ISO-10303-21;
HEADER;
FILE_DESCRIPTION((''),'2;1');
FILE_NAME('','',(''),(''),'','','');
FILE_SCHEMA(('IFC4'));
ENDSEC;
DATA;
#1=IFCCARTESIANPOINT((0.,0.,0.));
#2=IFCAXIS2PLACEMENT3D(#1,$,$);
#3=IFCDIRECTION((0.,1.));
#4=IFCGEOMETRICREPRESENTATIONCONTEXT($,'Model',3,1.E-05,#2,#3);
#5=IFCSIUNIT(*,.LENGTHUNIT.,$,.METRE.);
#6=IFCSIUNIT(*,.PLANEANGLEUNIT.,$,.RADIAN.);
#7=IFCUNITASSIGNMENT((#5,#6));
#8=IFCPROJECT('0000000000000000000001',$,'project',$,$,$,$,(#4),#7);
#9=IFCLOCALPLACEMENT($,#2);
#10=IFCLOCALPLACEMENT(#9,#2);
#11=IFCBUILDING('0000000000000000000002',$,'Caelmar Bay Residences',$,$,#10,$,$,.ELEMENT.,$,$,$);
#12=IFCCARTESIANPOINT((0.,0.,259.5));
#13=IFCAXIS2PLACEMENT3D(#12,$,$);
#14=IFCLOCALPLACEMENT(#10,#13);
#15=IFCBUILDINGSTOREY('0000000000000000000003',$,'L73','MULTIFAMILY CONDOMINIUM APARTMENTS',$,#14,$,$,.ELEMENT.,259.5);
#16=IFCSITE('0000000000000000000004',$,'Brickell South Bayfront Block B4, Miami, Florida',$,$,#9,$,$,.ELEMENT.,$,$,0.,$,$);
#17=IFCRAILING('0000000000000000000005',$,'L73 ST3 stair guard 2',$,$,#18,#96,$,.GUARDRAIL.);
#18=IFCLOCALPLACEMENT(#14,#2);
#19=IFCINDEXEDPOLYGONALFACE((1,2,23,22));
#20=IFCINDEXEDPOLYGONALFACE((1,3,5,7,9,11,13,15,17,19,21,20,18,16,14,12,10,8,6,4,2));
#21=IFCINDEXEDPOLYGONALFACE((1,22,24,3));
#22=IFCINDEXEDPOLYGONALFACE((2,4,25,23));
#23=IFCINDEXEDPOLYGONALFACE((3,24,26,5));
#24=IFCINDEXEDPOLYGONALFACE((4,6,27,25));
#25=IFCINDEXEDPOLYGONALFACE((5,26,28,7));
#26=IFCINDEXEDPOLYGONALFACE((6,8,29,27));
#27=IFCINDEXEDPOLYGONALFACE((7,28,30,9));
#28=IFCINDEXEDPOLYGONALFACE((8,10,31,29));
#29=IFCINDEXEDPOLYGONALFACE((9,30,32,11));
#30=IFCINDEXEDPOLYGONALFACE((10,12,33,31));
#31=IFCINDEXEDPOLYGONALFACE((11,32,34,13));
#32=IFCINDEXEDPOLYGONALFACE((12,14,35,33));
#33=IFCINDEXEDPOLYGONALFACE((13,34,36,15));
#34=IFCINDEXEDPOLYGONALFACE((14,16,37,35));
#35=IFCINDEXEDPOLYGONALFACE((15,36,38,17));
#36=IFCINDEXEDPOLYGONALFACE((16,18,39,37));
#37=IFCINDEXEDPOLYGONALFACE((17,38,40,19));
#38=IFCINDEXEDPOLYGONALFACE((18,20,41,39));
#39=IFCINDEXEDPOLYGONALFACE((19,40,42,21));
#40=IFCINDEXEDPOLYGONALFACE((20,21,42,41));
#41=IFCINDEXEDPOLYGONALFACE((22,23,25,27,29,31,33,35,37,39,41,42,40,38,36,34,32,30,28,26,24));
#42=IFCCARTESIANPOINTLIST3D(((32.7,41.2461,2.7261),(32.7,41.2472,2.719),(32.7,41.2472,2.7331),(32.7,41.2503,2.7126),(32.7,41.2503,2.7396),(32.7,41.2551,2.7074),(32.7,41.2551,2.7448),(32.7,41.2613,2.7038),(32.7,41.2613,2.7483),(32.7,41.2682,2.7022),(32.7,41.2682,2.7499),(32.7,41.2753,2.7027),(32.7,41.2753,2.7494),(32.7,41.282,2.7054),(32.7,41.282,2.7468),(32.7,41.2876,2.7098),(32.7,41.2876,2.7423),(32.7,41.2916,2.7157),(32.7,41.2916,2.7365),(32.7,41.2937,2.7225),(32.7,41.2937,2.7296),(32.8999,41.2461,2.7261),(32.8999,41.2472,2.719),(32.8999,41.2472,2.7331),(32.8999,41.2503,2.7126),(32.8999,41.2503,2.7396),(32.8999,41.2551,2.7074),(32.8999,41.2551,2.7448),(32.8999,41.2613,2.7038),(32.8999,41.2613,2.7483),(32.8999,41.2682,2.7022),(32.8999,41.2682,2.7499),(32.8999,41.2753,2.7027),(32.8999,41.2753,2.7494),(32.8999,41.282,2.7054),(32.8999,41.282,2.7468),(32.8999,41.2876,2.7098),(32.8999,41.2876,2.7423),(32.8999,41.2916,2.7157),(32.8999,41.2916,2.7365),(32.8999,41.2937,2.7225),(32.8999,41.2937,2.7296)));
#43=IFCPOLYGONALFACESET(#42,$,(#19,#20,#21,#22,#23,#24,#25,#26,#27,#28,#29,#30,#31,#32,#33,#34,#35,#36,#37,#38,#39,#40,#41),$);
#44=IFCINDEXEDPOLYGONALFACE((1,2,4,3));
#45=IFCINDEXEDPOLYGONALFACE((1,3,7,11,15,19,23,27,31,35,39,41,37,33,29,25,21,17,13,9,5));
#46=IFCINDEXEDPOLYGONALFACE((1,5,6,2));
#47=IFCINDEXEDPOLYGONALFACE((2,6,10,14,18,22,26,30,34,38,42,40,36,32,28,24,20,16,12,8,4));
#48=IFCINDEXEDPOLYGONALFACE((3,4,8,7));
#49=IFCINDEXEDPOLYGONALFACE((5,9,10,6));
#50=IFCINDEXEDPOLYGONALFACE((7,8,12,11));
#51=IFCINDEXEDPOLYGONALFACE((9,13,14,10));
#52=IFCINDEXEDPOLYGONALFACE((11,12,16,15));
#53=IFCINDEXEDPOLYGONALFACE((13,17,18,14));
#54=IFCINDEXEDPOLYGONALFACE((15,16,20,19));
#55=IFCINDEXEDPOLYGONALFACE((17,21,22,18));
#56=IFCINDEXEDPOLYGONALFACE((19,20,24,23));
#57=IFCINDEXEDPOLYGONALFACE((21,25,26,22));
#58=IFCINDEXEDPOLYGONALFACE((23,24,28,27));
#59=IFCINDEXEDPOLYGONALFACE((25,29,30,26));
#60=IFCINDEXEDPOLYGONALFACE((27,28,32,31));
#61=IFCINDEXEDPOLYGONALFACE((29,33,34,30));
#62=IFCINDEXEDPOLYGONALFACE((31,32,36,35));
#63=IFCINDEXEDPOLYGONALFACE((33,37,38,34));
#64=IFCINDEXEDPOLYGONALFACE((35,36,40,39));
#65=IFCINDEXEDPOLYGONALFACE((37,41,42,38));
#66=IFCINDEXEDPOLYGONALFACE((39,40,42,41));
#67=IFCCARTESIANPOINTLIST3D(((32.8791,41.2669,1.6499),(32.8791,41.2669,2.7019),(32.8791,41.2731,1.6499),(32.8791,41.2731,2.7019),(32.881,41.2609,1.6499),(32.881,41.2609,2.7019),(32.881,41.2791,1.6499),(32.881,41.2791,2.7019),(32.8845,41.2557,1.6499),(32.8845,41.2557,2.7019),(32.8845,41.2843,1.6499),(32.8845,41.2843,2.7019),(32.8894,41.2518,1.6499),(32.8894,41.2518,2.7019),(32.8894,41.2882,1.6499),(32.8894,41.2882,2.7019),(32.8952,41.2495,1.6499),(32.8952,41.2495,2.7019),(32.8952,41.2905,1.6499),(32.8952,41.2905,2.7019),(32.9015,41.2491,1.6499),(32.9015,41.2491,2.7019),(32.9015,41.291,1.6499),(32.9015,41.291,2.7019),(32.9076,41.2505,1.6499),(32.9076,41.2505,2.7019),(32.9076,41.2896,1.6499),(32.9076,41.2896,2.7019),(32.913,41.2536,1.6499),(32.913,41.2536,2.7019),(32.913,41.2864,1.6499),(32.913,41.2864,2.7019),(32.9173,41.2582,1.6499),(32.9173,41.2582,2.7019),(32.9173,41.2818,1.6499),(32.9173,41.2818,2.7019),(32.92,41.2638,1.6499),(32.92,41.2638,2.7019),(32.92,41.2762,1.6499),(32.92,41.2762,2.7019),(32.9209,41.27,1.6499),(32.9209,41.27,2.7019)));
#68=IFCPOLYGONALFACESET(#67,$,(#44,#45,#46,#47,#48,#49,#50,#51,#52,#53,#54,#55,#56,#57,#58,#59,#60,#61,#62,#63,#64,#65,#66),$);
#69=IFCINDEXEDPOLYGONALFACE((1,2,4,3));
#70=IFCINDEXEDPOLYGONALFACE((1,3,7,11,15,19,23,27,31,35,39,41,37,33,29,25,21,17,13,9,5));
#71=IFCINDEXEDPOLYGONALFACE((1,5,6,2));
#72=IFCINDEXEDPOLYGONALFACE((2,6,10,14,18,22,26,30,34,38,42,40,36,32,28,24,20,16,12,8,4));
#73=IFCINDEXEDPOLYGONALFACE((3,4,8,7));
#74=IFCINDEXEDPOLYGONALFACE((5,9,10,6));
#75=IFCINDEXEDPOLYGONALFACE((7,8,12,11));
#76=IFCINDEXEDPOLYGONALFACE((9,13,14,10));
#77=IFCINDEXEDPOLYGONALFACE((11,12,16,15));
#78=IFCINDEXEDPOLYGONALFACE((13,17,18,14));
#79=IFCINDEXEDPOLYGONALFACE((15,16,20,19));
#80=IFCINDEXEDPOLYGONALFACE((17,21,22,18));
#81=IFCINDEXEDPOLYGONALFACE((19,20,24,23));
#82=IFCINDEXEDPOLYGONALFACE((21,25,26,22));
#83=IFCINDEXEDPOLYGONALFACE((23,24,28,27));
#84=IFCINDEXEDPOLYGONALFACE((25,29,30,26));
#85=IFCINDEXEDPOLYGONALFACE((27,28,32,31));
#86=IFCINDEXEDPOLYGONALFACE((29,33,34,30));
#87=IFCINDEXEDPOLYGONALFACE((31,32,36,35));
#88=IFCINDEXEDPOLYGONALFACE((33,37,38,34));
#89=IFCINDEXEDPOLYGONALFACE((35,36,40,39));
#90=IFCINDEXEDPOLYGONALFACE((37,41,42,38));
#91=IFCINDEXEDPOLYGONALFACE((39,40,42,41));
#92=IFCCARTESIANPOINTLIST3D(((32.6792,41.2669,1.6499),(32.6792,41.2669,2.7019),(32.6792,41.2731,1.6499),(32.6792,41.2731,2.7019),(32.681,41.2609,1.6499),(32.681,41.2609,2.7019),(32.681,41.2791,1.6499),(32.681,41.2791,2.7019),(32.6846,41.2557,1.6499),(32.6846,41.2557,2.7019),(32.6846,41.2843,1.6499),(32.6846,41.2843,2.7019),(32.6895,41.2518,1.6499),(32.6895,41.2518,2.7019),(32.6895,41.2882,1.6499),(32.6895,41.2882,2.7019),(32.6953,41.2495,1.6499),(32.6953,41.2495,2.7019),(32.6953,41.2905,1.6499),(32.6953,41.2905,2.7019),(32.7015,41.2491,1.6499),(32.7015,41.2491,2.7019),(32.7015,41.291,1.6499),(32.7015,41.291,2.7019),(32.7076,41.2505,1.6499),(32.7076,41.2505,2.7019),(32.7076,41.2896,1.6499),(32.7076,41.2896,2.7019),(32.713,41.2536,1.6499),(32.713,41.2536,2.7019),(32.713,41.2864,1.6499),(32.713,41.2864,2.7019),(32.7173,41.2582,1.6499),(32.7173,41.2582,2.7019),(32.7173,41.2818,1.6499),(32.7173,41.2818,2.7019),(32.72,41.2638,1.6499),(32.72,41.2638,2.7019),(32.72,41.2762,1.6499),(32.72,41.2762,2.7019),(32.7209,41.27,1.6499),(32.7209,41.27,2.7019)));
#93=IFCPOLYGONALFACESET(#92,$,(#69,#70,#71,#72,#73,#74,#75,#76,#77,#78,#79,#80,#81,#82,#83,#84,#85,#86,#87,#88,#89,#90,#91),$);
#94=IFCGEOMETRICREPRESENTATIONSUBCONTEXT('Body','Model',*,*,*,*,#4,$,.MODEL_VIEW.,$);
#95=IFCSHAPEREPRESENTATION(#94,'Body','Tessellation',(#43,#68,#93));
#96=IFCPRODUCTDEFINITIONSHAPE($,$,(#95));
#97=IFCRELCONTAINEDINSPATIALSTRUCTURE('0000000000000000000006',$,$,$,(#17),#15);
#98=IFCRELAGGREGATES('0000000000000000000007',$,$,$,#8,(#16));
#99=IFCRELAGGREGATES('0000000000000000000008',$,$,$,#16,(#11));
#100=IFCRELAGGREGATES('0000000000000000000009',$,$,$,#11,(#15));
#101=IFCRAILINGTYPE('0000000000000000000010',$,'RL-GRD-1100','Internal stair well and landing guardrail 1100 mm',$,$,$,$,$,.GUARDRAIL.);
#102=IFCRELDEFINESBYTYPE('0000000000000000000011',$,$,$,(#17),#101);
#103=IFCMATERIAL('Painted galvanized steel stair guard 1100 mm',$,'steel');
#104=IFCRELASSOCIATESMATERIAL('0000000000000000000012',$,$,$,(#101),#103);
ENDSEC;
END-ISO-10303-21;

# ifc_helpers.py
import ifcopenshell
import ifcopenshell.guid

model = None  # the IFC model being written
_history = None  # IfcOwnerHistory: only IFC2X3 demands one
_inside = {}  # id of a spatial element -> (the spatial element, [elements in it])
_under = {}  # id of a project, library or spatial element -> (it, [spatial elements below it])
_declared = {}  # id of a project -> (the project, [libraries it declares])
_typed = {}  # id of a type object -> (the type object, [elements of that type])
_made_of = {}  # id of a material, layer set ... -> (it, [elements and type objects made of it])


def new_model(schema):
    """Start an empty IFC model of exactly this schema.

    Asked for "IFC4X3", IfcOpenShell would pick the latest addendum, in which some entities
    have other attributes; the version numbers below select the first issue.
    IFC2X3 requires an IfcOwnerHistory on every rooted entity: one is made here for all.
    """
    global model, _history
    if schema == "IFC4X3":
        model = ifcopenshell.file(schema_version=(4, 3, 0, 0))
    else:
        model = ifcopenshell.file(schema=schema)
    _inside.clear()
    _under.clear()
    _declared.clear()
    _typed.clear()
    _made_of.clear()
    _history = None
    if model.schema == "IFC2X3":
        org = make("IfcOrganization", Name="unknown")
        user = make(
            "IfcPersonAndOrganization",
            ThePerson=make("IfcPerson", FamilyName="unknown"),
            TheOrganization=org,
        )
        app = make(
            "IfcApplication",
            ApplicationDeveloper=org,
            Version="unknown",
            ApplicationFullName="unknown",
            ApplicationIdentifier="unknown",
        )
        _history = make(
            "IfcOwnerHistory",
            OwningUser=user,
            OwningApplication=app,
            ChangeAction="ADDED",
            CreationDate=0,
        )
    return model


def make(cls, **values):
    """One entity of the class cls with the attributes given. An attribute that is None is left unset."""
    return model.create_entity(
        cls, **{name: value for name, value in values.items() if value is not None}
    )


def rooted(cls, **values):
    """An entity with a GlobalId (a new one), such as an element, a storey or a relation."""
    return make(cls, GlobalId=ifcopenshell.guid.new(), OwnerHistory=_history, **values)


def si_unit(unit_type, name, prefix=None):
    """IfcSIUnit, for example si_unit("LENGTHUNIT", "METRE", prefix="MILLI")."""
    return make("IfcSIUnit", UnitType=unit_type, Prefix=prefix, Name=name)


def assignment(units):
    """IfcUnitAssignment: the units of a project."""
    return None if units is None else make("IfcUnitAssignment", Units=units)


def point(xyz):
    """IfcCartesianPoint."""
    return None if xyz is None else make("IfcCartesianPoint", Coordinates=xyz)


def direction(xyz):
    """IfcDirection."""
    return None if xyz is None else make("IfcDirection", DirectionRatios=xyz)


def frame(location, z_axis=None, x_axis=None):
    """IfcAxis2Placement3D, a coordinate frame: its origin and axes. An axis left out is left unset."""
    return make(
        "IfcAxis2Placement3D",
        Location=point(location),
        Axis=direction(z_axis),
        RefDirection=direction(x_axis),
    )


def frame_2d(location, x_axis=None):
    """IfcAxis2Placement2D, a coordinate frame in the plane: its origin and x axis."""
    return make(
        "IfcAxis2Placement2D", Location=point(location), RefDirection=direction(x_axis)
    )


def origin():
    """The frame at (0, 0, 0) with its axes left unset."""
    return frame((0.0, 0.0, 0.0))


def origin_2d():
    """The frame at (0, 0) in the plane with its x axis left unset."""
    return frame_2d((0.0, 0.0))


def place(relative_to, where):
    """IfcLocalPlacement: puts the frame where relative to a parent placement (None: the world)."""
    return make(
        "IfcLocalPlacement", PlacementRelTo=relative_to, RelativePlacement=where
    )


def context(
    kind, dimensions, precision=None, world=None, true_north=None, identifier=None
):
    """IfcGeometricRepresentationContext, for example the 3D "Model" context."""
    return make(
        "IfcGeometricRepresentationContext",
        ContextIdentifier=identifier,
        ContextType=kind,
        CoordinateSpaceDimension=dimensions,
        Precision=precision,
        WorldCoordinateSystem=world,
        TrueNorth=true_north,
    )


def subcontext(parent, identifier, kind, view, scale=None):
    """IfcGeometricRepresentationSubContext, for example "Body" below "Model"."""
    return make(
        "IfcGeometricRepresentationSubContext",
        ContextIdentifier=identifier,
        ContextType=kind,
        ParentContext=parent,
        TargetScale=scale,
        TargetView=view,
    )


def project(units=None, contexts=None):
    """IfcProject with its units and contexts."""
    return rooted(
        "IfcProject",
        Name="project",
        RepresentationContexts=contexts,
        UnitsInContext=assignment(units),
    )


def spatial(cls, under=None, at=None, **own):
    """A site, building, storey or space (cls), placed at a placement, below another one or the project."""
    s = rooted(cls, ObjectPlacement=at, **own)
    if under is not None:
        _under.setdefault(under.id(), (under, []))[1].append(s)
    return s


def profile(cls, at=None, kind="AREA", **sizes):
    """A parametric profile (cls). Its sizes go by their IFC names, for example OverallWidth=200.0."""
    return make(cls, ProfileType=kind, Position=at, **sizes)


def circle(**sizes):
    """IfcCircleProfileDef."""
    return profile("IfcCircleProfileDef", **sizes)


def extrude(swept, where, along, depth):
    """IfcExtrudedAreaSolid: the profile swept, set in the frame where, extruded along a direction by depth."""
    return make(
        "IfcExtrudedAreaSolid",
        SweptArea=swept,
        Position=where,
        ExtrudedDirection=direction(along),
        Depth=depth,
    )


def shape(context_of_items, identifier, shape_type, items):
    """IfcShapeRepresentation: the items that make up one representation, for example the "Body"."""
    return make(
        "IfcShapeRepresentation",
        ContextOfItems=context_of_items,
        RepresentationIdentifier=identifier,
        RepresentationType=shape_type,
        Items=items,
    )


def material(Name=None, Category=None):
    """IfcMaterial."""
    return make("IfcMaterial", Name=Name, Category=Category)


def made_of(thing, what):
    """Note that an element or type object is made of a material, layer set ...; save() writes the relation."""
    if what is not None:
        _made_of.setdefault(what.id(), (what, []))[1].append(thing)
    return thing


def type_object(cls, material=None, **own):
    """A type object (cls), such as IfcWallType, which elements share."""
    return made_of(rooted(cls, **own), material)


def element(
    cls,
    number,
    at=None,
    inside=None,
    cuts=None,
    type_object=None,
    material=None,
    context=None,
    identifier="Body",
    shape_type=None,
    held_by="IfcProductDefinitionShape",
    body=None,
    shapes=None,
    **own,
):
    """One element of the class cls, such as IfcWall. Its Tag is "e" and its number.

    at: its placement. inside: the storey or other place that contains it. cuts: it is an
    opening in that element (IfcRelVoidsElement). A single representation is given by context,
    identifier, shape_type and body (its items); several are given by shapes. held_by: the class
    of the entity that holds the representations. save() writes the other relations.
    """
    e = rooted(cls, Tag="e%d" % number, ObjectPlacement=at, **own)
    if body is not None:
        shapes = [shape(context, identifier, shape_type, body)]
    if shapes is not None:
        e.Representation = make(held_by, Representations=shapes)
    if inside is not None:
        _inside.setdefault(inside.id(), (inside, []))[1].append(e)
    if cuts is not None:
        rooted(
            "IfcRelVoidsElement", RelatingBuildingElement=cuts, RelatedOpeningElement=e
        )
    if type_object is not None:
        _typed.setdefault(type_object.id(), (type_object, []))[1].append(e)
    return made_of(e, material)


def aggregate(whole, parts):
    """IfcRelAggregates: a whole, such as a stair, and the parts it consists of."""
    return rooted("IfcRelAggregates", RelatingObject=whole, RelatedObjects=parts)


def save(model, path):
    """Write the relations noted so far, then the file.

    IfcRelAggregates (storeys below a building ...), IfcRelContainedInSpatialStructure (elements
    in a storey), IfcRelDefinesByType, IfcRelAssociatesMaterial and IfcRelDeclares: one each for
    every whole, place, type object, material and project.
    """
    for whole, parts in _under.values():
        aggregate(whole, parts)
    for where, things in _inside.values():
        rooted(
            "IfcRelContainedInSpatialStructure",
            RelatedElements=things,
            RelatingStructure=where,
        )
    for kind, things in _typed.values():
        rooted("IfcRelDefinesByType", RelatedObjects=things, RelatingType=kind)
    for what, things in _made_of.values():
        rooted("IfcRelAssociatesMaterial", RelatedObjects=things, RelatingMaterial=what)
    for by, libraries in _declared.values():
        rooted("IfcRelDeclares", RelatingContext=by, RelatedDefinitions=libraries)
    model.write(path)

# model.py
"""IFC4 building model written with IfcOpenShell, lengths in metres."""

from ifc_helpers import new_model, si_unit, direction, frame, origin, origin_2d, place, context, subcontext, project, spatial, circle, extrude, material, type_object, element, save


model = new_model("IFC4")

# Units and contexts
model_context = context("Model", 3, precision=1e-05, world=origin(), true_north=direction((0.0, 1.0)))
body_context = subcontext(model_context, "Body", "Model", "MODEL_VIEW")
ifc_project = project(units=[si_unit("LENGTHUNIT", "METRE"), si_unit("PLANEANGLEUNIT", "RADIAN")], contexts=[model_context])

# Site, building, storey
site_placement = place(None, origin())
site = spatial("IfcSite", under=ifc_project, at=site_placement, Name="Brickell South Bayfront Block B4, Miami, Florida", CompositionType="ELEMENT", RefElevation=0.0)
building_placement = place(site_placement, origin())
building = spatial("IfcBuilding", under=site, at=building_placement, Name="Caelmar Bay Residences", CompositionType="ELEMENT")
storey_placement = place(building_placement, frame((0.0, 0.0, 259.5)))
storey = spatial("IfcBuildingStorey", under=building, at=storey_placement, Name="L73", Description="MULTIFAMILY CONDOMINIUM APARTMENTS", CompositionType="ELEMENT", Elevation=259.5)

# Railing
ifc_material_1 = material(Name="Painted galvanized steel stair guard 1100 mm", Category="steel")
railing_type_1 = type_object("IfcRailingType", Name="RL-GRD-1100", Description="Internal stair well and landing guardrail 1100 mm", PredefinedType="GUARDRAIL", material=ifc_material_1)
railing_1_placement = place(storey_placement, frame((32.8999, 41.27, 1.6499)))
element("IfcRailing", 1, at=railing_1_placement, inside=storey, type_object=railing_type_1, Name="L73 ST3 stair guard 2", PredefinedType="GUARDRAIL", context=body_context, shape_type="SweptSolid", body=[
    extrude(circle(Radius=0.0239, at=origin_2d()), frame((0.0, 0.0, 1.0762), z_axis=(-1.0, 0.0, 0.0), x_axis=(0.0, -1.0, 0.0)), (0.0, 0.0, 1.0), 0.2),
    extrude(circle(Radius=0.021, at=origin_2d()), origin(), (0.0, 0.0, 1.0), 1.052),
    extrude(circle(Radius=0.021, at=origin_2d()), frame((-0.2, 0.0, 0.0)), (0.0, 0.0, 1.0), 1.052),
])

save(model, "model.ifc")
